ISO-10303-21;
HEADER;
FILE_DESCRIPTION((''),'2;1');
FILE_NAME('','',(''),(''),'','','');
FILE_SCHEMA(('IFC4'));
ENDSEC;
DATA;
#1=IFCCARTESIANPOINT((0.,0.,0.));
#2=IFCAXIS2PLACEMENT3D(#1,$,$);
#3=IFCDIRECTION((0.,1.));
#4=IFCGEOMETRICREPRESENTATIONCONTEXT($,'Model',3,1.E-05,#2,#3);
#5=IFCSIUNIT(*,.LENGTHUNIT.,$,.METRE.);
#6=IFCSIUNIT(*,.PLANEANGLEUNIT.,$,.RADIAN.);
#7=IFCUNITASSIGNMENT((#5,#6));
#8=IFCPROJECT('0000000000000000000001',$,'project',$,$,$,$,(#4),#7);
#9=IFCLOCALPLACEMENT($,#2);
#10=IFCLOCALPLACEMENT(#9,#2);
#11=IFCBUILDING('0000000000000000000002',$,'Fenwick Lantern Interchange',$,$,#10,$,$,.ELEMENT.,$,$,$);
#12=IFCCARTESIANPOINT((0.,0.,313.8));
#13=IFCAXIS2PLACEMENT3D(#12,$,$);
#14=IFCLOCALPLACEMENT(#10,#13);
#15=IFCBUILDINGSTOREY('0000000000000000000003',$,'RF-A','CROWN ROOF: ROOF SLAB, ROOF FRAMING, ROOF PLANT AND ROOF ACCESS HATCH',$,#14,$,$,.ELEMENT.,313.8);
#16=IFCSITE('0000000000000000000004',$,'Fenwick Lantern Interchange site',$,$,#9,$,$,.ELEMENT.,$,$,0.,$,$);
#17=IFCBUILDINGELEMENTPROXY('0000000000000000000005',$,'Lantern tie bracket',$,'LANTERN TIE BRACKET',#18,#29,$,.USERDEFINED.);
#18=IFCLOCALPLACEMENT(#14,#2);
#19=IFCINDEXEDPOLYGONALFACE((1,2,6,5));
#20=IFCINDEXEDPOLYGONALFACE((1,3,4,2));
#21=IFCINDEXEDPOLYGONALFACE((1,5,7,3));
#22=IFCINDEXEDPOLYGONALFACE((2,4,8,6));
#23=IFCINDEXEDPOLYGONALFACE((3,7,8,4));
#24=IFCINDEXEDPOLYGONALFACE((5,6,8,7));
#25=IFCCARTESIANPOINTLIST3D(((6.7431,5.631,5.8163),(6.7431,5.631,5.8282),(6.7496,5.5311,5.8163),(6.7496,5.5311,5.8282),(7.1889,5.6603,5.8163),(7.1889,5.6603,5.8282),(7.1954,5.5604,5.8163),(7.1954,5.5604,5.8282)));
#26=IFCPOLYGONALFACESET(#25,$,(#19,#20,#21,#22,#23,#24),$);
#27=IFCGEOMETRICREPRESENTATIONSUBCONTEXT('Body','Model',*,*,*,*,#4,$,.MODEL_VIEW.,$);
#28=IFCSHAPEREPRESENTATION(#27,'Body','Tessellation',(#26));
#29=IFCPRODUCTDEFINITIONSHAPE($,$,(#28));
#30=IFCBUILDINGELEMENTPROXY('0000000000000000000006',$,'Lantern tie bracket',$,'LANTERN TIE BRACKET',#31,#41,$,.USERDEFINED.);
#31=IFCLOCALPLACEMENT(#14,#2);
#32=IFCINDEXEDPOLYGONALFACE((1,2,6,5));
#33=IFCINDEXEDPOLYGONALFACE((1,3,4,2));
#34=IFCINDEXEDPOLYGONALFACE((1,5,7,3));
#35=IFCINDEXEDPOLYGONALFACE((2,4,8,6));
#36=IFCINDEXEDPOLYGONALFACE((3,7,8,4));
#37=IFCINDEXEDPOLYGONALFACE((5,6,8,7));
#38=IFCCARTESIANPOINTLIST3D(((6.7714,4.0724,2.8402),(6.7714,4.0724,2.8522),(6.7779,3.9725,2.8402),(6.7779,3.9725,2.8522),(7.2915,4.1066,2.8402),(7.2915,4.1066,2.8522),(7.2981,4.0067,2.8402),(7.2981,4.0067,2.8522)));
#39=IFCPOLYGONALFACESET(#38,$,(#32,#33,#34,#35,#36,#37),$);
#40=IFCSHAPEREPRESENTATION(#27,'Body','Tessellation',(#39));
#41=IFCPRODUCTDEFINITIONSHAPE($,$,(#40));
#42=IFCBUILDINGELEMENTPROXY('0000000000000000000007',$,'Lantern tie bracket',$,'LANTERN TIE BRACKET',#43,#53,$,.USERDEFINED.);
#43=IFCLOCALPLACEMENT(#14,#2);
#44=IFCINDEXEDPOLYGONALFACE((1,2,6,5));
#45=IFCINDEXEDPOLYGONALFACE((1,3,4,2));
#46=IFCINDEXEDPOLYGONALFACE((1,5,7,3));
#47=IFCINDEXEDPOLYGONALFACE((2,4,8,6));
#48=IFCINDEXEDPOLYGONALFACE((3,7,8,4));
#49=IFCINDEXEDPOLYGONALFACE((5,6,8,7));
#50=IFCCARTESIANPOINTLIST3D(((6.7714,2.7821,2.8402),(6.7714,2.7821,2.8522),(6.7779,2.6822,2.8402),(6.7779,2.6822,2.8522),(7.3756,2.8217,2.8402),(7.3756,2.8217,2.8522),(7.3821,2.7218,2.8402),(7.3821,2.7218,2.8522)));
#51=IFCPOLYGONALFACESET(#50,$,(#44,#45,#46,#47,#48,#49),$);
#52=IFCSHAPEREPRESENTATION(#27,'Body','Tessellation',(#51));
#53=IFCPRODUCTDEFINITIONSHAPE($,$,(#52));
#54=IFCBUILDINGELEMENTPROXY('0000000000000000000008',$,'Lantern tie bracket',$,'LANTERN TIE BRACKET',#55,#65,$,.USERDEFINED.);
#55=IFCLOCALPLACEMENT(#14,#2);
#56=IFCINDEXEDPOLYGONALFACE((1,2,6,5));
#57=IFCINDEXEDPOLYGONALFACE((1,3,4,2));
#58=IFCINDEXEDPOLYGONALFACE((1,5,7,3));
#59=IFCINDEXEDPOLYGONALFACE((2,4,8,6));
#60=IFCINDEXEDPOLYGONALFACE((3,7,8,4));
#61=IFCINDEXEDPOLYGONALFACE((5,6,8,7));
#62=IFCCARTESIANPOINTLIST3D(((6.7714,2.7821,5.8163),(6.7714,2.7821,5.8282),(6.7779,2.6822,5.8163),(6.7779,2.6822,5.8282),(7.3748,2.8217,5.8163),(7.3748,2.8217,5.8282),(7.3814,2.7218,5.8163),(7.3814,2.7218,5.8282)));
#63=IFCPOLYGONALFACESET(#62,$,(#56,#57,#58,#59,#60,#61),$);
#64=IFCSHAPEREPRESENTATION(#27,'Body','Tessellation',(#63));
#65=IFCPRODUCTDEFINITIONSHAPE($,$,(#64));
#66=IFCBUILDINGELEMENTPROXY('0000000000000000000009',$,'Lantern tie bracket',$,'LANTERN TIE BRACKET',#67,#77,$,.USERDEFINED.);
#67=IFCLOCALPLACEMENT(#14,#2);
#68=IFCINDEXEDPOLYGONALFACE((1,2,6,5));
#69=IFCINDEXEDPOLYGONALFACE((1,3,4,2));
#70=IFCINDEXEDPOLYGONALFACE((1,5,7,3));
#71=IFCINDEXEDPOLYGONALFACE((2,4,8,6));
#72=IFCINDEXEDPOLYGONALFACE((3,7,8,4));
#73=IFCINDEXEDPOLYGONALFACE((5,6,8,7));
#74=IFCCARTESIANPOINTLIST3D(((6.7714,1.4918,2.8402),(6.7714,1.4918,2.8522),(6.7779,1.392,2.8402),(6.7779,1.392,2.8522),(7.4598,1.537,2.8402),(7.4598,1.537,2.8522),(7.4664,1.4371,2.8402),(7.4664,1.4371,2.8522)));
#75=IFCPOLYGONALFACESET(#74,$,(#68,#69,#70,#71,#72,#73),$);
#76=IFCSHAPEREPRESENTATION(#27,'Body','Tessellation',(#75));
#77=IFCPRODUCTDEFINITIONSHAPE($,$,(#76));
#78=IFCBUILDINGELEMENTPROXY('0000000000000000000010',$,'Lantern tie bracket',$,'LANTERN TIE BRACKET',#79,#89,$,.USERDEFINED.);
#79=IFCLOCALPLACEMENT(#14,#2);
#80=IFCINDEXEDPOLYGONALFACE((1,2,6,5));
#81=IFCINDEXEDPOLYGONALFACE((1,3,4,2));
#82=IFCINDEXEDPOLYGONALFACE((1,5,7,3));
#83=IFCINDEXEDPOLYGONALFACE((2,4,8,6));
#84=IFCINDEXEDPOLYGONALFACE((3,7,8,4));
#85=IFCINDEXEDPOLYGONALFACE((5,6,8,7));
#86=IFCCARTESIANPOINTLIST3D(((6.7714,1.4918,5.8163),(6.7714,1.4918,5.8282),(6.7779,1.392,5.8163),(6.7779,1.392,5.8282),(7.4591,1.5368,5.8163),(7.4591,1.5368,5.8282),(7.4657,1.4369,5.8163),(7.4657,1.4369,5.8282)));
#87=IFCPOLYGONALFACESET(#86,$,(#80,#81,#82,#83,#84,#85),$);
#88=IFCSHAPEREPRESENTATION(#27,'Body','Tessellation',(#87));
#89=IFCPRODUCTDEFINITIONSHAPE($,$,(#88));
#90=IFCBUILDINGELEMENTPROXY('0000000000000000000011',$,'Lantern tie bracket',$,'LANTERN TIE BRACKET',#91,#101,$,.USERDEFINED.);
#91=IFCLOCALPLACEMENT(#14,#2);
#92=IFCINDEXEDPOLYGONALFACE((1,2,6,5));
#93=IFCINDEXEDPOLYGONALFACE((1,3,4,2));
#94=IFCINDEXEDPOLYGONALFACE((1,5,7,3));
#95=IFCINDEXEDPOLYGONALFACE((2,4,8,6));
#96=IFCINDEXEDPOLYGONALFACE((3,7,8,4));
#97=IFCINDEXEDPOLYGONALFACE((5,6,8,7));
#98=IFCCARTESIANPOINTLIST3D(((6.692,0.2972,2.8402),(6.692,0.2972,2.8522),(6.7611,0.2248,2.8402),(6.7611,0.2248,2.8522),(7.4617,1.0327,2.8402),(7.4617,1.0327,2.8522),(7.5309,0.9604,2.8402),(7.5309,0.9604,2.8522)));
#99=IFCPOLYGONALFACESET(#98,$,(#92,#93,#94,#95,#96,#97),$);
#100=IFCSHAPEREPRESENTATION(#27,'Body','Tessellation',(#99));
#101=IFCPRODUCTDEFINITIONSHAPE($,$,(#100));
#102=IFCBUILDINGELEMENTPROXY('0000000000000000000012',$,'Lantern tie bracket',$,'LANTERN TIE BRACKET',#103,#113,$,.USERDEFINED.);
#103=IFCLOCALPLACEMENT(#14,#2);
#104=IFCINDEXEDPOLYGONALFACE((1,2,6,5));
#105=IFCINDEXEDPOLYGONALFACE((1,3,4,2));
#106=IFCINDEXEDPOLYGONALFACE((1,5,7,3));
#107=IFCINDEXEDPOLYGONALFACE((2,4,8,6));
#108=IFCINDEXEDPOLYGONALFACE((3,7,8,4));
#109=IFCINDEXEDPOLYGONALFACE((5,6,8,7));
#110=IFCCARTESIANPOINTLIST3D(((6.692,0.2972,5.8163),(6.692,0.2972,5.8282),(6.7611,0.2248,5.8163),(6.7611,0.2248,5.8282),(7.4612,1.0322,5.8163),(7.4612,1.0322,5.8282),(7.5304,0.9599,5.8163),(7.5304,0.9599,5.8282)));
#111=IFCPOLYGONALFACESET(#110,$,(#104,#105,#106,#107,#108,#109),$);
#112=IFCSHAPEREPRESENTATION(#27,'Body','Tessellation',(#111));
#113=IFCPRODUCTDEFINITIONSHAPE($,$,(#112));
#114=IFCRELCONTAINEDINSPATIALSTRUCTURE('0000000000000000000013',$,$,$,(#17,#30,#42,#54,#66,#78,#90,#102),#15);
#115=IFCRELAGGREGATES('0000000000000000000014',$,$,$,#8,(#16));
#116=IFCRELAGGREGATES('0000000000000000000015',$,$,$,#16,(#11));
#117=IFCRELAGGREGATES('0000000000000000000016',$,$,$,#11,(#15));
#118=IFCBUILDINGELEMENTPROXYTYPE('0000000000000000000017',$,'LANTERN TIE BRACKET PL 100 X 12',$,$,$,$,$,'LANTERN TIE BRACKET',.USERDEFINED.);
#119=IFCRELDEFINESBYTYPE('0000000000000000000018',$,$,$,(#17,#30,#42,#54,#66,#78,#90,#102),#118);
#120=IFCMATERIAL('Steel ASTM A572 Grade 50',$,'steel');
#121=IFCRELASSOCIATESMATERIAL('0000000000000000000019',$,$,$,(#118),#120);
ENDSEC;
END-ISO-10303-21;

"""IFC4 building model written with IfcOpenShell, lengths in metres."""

from ifc_helpers import new_model, si_unit, direction, frame, origin, origin_2d, place, context, subcontext, project, spatial, rectangle, extrude, material, material_profile, profile_set, type_object, element, save


model = new_model("IFC4")

# Units and contexts
model_context = context("Model", 3, precision=1e-05, world=origin(), true_north=direction((0.0, 1.0)))
body_context = subcontext(model_context, "Body", "Model", "MODEL_VIEW")
ifc_project = project(units=[si_unit("LENGTHUNIT", "METRE"), si_unit("PLANEANGLEUNIT", "RADIAN")], contexts=[model_context])

# Site, building, storey
site_placement = place(None, origin())
site = spatial("IfcSite", under=ifc_project, at=site_placement, Name="Fenwick Lantern Interchange site", CompositionType="ELEMENT", RefElevation=0.0)
building_placement = place(site_placement, origin())
building = spatial("IfcBuilding", under=site, at=building_placement, Name="Fenwick Lantern Interchange", CompositionType="ELEMENT")
storey_placement = place(building_placement, frame((0.0, 0.0, 313.8)))
storey = spatial("IfcBuildingStorey", under=building, at=storey_placement, Name="RF-A", Description="CROWN ROOF: ROOF SLAB, ROOF FRAMING, ROOF PLANT AND ROOF ACCESS HATCH", CompositionType="ELEMENT", Elevation=313.8)

# Building element proxies
ifc_material_1 = material(Name="Steel ASTM A572 Grade 50", Category="steel")
ifc_material_profile_1 = material_profile(ifc_material_1, rectangle(XDim=0.1001, YDim=0.012, at=origin_2d()), Name="PL100X12")
ifc_profile_set_1 = profile_set([ifc_material_profile_1], Name="Steel ASTM A572 Grade 50")
building_element_proxy_type = type_object("IfcBuildingElementProxyType", Name="LANTERN TIE BRACKET PL 100 X 12", ElementType="LANTERN TIE BRACKET", PredefinedType="USERDEFINED", material=ifc_profile_set_1)
proxy_1_placement = place(storey_placement, frame((6.7463, 5.5811, 5.8223), z_axis=(0.997848, 0.065576, 0.0), x_axis=(-0.065576, 0.997848, 0.0)))
element("IfcBuildingElementProxy", 1, at=proxy_1_placement, inside=storey, type_object=building_element_proxy_type, Name="Lantern tie bracket", ObjectType="LANTERN TIE BRACKET", PredefinedType="USERDEFINED", context=body_context, shape_type="SweptSolid", body=[
    extrude(rectangle(XDim=0.1001, YDim=0.012, at=origin_2d()), origin(), (0.0, 0.0, 1.0), 0.4468),
])
proxy_2_placement = place(storey_placement, frame((6.7747, 4.0225, 2.8462), z_axis=(0.997847, 0.065586, 0.0), x_axis=(-0.065586, 0.997847, 0.0)))
element("IfcBuildingElementProxy", 2, at=proxy_2_placement, inside=storey, type_object=building_element_proxy_type, Name="Lantern tie bracket", ObjectType="LANTERN TIE BRACKET", PredefinedType="USERDEFINED", context=body_context, shape_type="SweptSolid", body=[
    extrude(rectangle(XDim=0.1001, YDim=0.012, at=origin_2d()), origin(), (0.0, 0.0, 1.0), 0.5212),
])
proxy_3_placement = place(storey_placement, frame((6.7747, 2.7322, 2.8462), z_axis=(0.997865, 0.065315, 0.0), x_axis=(-0.065315, 0.997865, 0.0)))
element("IfcBuildingElementProxy", 3, at=proxy_3_placement, inside=storey, type_object=building_element_proxy_type, Name="Lantern tie bracket", ObjectType="LANTERN TIE BRACKET", PredefinedType="USERDEFINED", context=body_context, shape_type="SweptSolid", body=[
    extrude(rectangle(XDim=0.1001, YDim=0.012, at=origin_2d()), origin(), (0.0, 0.0, 1.0), 0.6055),
])
proxy_4_placement = place(storey_placement, frame((6.7747, 2.7322, 5.8223), z_axis=(0.99786, 0.065394, 0.0), x_axis=(-0.065394, 0.99786, 0.0)))
element("IfcBuildingElementProxy", 4, at=proxy_4_placement, inside=storey, type_object=building_element_proxy_type, Name="Lantern tie bracket", ObjectType="LANTERN TIE BRACKET", PredefinedType="USERDEFINED", context=body_context, shape_type="SweptSolid", body=[
    extrude(rectangle(XDim=0.1001, YDim=0.012, at=origin_2d()), origin(), (0.0, 0.0, 1.0), 0.6047),
])
proxy_5_placement = place(storey_placement, frame((6.7747, 1.4419, 2.8462), z_axis=(0.997855, 0.065462, 0.0), x_axis=(-0.065462, 0.997855, 0.0)))
element("IfcBuildingElementProxy", 5, at=proxy_5_placement, inside=storey, type_object=building_element_proxy_type, Name="Lantern tie bracket", ObjectType="LANTERN TIE BRACKET", PredefinedType="USERDEFINED", context=body_context, shape_type="SweptSolid", body=[
    extrude(rectangle(XDim=0.1001, YDim=0.012, at=origin_2d()), origin(), (0.0, 0.0, 1.0), 0.6899),
])
proxy_6_placement = place(storey_placement, frame((6.7747, 1.4419, 5.8223), z_axis=(0.997874, 0.065179, 0.0), x_axis=(-0.065179, 0.997874, 0.0)))
element("IfcBuildingElementProxy", 6, at=proxy_6_placement, inside=storey, type_object=building_element_proxy_type, Name="Lantern tie bracket", ObjectType="LANTERN TIE BRACKET", PredefinedType="USERDEFINED", context=body_context, shape_type="SweptSolid", body=[
    extrude(rectangle(XDim=0.1001, YDim=0.012, at=origin_2d()), origin(), (0.0, 0.0, 1.0), 0.6892),
])
proxy_7_placement = place(storey_placement, frame((6.7266, 0.261, 2.8462), z_axis=(0.722975, 0.690874, 0.0), x_axis=(-0.690874, 0.722975, 0.0)))
element("IfcBuildingElementProxy", 7, at=proxy_7_placement, inside=storey, type_object=building_element_proxy_type, Name="Lantern tie bracket", ObjectType="LANTERN TIE BRACKET", PredefinedType="USERDEFINED", context=body_context, shape_type="SweptSolid", body=[
    extrude(rectangle(XDim=0.1001, YDim=0.012, at=origin_2d()), origin(), (0.0, 0.0, 1.0), 1.0647),
])
proxy_8_placement = place(storey_placement, frame((6.7266, 0.261, 5.8223), z_axis=(0.722986, 0.690863, 0.0), x_axis=(-0.690863, 0.722986, 0.0)))
element("IfcBuildingElementProxy", 8, at=proxy_8_placement, inside=storey, type_object=building_element_proxy_type, Name="Lantern tie bracket", ObjectType="LANTERN TIE BRACKET", PredefinedType="USERDEFINED", context=body_context, shape_type="SweptSolid", body=[
    extrude(rectangle(XDim=0.1001, YDim=0.012, at=origin_2d()), origin(), (0.0, 0.0, 1.0), 1.064),
])

save(model, "model.ifc")
